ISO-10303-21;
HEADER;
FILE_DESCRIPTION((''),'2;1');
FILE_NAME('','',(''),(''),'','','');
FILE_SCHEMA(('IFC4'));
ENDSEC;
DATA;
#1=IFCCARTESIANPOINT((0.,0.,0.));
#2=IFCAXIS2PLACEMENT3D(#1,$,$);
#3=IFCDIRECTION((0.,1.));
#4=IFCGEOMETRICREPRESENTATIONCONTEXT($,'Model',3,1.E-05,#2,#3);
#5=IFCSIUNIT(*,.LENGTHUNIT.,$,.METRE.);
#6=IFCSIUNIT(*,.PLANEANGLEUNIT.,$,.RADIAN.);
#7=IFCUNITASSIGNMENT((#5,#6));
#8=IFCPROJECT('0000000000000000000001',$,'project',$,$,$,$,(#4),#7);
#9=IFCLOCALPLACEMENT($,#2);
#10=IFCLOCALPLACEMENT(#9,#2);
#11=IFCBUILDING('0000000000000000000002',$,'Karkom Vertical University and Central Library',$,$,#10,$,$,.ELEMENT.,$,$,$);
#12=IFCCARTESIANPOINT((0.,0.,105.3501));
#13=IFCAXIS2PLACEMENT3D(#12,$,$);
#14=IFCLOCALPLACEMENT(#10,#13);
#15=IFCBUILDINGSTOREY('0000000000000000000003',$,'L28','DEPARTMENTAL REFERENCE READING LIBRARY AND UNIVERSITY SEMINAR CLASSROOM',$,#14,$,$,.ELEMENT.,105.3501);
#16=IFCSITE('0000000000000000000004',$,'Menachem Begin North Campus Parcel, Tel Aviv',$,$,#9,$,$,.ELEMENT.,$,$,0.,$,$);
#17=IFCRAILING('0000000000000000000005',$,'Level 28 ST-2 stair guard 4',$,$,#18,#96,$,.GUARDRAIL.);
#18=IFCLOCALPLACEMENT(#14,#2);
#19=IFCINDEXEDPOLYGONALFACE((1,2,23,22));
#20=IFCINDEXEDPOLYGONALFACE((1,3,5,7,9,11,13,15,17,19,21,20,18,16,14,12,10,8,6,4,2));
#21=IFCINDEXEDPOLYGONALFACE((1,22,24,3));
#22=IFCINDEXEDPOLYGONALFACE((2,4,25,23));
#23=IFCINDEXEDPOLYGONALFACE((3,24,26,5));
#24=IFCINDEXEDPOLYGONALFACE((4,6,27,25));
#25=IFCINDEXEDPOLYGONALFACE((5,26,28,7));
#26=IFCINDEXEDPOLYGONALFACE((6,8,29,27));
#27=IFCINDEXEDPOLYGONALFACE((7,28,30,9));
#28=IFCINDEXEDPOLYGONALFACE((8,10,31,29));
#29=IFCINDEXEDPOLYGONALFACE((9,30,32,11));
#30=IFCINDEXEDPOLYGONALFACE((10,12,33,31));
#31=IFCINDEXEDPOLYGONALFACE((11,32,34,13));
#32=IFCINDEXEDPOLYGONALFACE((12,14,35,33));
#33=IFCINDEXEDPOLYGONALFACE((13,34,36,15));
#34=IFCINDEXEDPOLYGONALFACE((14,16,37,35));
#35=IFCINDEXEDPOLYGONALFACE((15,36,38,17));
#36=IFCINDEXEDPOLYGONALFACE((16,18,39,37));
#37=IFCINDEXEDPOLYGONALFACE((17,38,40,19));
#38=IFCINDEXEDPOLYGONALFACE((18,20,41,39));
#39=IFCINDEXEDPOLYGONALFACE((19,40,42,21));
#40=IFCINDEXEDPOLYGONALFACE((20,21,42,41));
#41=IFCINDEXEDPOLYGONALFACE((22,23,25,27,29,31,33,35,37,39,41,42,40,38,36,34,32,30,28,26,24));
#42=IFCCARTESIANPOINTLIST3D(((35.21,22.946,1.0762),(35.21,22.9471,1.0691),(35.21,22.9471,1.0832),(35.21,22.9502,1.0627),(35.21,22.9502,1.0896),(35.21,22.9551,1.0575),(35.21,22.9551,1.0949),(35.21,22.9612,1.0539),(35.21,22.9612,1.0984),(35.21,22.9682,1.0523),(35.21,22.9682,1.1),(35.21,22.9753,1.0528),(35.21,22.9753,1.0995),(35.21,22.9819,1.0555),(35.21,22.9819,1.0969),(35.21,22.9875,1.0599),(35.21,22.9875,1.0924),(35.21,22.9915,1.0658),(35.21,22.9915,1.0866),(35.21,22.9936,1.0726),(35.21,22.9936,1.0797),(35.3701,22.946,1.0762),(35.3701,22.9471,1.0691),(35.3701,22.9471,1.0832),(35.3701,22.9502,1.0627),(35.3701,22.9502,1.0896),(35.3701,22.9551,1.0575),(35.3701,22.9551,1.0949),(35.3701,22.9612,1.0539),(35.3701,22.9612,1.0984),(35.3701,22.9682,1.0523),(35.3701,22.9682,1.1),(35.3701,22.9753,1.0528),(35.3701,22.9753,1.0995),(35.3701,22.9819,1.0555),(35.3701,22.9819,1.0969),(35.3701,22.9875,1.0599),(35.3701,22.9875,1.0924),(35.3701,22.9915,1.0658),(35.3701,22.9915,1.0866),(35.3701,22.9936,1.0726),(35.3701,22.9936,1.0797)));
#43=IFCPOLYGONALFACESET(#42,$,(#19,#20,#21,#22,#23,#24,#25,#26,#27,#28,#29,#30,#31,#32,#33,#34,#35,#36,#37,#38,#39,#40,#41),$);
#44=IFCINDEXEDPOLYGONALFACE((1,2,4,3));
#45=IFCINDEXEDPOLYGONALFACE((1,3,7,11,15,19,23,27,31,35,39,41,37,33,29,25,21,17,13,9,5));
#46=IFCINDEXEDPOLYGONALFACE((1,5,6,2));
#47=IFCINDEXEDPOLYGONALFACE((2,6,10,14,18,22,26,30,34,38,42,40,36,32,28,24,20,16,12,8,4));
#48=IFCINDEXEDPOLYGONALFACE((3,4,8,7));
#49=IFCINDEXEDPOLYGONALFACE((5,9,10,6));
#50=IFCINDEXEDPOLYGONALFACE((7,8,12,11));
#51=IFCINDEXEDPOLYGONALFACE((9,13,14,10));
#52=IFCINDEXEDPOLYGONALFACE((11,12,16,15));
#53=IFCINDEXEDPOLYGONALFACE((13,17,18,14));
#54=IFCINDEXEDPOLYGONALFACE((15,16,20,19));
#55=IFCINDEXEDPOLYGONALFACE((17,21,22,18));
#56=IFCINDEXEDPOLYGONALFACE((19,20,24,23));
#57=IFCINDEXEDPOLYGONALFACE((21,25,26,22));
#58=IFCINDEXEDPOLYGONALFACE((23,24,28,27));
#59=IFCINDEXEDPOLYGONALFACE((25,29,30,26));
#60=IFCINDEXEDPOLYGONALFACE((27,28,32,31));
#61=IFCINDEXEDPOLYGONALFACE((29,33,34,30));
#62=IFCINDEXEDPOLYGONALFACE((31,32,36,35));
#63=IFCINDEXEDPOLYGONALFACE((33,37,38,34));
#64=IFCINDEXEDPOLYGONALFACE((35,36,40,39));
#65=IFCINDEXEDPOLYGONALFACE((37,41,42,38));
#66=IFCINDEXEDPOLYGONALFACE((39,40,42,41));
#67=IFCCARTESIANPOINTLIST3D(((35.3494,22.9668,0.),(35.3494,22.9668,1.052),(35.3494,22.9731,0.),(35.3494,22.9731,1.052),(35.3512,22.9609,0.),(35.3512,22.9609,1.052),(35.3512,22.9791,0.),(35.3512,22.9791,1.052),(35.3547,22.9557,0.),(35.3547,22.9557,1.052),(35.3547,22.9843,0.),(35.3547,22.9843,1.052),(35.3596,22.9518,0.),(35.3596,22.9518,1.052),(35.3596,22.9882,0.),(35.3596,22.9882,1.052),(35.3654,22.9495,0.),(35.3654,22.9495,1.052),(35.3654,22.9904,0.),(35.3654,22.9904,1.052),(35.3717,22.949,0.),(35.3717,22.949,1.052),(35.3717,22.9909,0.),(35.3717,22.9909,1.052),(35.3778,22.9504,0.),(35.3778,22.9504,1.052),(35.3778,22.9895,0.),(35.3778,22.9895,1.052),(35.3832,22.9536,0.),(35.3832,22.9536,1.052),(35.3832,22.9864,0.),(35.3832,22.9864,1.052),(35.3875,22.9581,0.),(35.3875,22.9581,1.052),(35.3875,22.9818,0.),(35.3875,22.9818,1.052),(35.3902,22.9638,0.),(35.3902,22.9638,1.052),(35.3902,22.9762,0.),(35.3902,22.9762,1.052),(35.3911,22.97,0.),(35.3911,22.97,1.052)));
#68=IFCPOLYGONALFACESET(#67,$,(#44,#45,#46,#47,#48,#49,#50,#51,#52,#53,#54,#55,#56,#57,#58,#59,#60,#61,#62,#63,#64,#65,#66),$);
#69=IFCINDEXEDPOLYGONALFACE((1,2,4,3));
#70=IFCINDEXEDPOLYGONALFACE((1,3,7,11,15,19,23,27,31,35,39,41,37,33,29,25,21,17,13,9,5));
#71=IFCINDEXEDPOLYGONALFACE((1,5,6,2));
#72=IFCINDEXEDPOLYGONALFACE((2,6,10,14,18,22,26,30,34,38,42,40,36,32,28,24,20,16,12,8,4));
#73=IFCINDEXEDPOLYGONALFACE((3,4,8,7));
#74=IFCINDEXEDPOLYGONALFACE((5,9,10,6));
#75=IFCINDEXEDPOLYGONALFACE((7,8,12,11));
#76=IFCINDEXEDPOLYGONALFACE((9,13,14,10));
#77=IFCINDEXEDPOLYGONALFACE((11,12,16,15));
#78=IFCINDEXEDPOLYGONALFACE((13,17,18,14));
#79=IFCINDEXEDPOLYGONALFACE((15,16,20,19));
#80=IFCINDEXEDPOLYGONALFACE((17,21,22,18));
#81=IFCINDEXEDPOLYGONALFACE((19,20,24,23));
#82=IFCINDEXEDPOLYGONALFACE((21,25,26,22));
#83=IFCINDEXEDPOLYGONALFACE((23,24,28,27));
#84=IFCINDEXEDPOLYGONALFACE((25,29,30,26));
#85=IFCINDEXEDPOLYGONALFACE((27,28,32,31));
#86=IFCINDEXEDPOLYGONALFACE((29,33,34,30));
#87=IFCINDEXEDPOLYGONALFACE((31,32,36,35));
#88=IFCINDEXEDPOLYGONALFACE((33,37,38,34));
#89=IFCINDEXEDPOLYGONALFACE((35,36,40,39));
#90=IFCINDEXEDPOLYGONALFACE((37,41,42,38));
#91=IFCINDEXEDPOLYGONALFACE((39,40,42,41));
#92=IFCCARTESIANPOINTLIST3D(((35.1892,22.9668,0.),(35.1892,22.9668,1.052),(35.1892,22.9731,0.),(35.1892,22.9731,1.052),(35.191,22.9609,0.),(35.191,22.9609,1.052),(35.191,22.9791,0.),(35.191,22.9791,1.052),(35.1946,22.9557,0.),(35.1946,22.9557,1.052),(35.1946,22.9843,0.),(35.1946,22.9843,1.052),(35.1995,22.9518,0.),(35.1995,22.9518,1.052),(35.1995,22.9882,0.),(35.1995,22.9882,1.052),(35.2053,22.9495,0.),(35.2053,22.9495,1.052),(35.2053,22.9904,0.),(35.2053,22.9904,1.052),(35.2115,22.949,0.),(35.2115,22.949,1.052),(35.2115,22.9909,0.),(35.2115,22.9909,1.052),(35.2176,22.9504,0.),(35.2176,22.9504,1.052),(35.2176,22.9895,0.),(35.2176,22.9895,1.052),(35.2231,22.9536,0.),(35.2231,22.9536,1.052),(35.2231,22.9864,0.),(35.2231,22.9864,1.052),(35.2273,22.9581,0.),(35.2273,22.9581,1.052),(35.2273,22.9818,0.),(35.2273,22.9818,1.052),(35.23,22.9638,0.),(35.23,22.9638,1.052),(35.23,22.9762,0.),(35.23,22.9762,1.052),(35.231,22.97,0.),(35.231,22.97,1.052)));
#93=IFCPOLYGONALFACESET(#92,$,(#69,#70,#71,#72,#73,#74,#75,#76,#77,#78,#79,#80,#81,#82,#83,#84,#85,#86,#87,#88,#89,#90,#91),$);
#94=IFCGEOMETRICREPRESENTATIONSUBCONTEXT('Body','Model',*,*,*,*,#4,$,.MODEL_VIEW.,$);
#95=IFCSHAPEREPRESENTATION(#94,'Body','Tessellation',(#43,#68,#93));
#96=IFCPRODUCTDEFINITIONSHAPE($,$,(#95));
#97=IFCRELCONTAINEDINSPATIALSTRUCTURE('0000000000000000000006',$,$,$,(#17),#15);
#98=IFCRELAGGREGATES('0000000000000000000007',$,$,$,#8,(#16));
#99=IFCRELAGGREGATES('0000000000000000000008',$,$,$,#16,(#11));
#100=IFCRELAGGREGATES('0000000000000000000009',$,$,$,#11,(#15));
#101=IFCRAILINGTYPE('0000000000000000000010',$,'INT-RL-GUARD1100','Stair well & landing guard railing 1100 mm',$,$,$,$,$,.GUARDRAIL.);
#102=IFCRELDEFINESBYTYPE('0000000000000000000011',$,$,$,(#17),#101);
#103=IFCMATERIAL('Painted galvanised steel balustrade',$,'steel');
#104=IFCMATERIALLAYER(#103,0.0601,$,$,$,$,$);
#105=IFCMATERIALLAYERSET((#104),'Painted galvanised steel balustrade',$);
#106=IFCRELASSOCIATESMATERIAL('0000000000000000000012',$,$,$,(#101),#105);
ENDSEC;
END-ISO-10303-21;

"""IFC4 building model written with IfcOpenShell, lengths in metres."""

from ifc_helpers import new_model, si_unit, direction, frame, origin, origin_2d, place, context, subcontext, project, spatial, circle, extrude, material, layer, layer_set, type_object, element, save


model = new_model("IFC4")

# Units and contexts
model_context = context("Model", 3, precision=1e-05, world=origin(), true_north=direction((0.0, 1.0)))
body_context = subcontext(model_context, "Body", "Model", "MODEL_VIEW")
ifc_project = project(units=[si_unit("LENGTHUNIT", "METRE"), si_unit("PLANEANGLEUNIT", "RADIAN")], contexts=[model_context])

# Site, building, storey
site_placement = place(None, origin())
site = spatial("IfcSite", under=ifc_project, at=site_placement, Name="Menachem Begin North Campus Parcel, Tel Aviv", CompositionType="ELEMENT", RefElevation=0.0)
building_placement = place(site_placement, origin())
building = spatial("IfcBuilding", under=site, at=building_placement, Name="Karkom Vertical University and Central Library", CompositionType="ELEMENT")
storey_placement = place(building_placement, frame((0.0, 0.0, 105.3501)))
storey = spatial("IfcBuildingStorey", under=building, at=storey_placement, Name="L28", Description="DEPARTMENTAL REFERENCE READING LIBRARY AND UNIVERSITY SEMINAR CLASSROOM", CompositionType="ELEMENT", Elevation=105.3501)

# Railing
ifc_material_1 = material(Name="Painted galvanised steel balustrade", Category="steel")
ifc_layer_1 = layer(ifc_material_1, 0.0601)
ifc_layer_set_1 = layer_set([ifc_layer_1], Name="Painted galvanised steel balustrade")
railing_type_1 = type_object("IfcRailingType", Name="INT-RL-GUARD1100", Description="Stair well & landing guard railing 1100 mm", PredefinedType="GUARDRAIL", material=ifc_layer_set_1)
railing_1_placement = place(storey_placement, frame((35.3701, 22.97, 0.0)))
element("IfcRailing", 1, at=railing_1_placement, inside=storey, type_object=railing_type_1, Name="Level 28 ST-2 stair guard 4", PredefinedType="GUARDRAIL", context=body_context, shape_type="SweptSolid", body=[
    extrude(circle(Radius=0.0239, at=origin_2d()), frame((0.0, 0.0, 1.0762), z_axis=(-1.0, 0.0, 0.0), x_axis=(0.0, -1.0, 0.0)), (0.0, 0.0, 1.0), 0.1602),
    extrude(circle(Radius=0.021, at=origin_2d()), origin(), (0.0, 0.0, 1.0), 1.052),
    extrude(circle(Radius=0.021, at=origin_2d()), frame((-0.1602, 0.0, 0.0)), (0.0, 0.0, 1.0), 1.052),
])

save(model, "model.ifc")
